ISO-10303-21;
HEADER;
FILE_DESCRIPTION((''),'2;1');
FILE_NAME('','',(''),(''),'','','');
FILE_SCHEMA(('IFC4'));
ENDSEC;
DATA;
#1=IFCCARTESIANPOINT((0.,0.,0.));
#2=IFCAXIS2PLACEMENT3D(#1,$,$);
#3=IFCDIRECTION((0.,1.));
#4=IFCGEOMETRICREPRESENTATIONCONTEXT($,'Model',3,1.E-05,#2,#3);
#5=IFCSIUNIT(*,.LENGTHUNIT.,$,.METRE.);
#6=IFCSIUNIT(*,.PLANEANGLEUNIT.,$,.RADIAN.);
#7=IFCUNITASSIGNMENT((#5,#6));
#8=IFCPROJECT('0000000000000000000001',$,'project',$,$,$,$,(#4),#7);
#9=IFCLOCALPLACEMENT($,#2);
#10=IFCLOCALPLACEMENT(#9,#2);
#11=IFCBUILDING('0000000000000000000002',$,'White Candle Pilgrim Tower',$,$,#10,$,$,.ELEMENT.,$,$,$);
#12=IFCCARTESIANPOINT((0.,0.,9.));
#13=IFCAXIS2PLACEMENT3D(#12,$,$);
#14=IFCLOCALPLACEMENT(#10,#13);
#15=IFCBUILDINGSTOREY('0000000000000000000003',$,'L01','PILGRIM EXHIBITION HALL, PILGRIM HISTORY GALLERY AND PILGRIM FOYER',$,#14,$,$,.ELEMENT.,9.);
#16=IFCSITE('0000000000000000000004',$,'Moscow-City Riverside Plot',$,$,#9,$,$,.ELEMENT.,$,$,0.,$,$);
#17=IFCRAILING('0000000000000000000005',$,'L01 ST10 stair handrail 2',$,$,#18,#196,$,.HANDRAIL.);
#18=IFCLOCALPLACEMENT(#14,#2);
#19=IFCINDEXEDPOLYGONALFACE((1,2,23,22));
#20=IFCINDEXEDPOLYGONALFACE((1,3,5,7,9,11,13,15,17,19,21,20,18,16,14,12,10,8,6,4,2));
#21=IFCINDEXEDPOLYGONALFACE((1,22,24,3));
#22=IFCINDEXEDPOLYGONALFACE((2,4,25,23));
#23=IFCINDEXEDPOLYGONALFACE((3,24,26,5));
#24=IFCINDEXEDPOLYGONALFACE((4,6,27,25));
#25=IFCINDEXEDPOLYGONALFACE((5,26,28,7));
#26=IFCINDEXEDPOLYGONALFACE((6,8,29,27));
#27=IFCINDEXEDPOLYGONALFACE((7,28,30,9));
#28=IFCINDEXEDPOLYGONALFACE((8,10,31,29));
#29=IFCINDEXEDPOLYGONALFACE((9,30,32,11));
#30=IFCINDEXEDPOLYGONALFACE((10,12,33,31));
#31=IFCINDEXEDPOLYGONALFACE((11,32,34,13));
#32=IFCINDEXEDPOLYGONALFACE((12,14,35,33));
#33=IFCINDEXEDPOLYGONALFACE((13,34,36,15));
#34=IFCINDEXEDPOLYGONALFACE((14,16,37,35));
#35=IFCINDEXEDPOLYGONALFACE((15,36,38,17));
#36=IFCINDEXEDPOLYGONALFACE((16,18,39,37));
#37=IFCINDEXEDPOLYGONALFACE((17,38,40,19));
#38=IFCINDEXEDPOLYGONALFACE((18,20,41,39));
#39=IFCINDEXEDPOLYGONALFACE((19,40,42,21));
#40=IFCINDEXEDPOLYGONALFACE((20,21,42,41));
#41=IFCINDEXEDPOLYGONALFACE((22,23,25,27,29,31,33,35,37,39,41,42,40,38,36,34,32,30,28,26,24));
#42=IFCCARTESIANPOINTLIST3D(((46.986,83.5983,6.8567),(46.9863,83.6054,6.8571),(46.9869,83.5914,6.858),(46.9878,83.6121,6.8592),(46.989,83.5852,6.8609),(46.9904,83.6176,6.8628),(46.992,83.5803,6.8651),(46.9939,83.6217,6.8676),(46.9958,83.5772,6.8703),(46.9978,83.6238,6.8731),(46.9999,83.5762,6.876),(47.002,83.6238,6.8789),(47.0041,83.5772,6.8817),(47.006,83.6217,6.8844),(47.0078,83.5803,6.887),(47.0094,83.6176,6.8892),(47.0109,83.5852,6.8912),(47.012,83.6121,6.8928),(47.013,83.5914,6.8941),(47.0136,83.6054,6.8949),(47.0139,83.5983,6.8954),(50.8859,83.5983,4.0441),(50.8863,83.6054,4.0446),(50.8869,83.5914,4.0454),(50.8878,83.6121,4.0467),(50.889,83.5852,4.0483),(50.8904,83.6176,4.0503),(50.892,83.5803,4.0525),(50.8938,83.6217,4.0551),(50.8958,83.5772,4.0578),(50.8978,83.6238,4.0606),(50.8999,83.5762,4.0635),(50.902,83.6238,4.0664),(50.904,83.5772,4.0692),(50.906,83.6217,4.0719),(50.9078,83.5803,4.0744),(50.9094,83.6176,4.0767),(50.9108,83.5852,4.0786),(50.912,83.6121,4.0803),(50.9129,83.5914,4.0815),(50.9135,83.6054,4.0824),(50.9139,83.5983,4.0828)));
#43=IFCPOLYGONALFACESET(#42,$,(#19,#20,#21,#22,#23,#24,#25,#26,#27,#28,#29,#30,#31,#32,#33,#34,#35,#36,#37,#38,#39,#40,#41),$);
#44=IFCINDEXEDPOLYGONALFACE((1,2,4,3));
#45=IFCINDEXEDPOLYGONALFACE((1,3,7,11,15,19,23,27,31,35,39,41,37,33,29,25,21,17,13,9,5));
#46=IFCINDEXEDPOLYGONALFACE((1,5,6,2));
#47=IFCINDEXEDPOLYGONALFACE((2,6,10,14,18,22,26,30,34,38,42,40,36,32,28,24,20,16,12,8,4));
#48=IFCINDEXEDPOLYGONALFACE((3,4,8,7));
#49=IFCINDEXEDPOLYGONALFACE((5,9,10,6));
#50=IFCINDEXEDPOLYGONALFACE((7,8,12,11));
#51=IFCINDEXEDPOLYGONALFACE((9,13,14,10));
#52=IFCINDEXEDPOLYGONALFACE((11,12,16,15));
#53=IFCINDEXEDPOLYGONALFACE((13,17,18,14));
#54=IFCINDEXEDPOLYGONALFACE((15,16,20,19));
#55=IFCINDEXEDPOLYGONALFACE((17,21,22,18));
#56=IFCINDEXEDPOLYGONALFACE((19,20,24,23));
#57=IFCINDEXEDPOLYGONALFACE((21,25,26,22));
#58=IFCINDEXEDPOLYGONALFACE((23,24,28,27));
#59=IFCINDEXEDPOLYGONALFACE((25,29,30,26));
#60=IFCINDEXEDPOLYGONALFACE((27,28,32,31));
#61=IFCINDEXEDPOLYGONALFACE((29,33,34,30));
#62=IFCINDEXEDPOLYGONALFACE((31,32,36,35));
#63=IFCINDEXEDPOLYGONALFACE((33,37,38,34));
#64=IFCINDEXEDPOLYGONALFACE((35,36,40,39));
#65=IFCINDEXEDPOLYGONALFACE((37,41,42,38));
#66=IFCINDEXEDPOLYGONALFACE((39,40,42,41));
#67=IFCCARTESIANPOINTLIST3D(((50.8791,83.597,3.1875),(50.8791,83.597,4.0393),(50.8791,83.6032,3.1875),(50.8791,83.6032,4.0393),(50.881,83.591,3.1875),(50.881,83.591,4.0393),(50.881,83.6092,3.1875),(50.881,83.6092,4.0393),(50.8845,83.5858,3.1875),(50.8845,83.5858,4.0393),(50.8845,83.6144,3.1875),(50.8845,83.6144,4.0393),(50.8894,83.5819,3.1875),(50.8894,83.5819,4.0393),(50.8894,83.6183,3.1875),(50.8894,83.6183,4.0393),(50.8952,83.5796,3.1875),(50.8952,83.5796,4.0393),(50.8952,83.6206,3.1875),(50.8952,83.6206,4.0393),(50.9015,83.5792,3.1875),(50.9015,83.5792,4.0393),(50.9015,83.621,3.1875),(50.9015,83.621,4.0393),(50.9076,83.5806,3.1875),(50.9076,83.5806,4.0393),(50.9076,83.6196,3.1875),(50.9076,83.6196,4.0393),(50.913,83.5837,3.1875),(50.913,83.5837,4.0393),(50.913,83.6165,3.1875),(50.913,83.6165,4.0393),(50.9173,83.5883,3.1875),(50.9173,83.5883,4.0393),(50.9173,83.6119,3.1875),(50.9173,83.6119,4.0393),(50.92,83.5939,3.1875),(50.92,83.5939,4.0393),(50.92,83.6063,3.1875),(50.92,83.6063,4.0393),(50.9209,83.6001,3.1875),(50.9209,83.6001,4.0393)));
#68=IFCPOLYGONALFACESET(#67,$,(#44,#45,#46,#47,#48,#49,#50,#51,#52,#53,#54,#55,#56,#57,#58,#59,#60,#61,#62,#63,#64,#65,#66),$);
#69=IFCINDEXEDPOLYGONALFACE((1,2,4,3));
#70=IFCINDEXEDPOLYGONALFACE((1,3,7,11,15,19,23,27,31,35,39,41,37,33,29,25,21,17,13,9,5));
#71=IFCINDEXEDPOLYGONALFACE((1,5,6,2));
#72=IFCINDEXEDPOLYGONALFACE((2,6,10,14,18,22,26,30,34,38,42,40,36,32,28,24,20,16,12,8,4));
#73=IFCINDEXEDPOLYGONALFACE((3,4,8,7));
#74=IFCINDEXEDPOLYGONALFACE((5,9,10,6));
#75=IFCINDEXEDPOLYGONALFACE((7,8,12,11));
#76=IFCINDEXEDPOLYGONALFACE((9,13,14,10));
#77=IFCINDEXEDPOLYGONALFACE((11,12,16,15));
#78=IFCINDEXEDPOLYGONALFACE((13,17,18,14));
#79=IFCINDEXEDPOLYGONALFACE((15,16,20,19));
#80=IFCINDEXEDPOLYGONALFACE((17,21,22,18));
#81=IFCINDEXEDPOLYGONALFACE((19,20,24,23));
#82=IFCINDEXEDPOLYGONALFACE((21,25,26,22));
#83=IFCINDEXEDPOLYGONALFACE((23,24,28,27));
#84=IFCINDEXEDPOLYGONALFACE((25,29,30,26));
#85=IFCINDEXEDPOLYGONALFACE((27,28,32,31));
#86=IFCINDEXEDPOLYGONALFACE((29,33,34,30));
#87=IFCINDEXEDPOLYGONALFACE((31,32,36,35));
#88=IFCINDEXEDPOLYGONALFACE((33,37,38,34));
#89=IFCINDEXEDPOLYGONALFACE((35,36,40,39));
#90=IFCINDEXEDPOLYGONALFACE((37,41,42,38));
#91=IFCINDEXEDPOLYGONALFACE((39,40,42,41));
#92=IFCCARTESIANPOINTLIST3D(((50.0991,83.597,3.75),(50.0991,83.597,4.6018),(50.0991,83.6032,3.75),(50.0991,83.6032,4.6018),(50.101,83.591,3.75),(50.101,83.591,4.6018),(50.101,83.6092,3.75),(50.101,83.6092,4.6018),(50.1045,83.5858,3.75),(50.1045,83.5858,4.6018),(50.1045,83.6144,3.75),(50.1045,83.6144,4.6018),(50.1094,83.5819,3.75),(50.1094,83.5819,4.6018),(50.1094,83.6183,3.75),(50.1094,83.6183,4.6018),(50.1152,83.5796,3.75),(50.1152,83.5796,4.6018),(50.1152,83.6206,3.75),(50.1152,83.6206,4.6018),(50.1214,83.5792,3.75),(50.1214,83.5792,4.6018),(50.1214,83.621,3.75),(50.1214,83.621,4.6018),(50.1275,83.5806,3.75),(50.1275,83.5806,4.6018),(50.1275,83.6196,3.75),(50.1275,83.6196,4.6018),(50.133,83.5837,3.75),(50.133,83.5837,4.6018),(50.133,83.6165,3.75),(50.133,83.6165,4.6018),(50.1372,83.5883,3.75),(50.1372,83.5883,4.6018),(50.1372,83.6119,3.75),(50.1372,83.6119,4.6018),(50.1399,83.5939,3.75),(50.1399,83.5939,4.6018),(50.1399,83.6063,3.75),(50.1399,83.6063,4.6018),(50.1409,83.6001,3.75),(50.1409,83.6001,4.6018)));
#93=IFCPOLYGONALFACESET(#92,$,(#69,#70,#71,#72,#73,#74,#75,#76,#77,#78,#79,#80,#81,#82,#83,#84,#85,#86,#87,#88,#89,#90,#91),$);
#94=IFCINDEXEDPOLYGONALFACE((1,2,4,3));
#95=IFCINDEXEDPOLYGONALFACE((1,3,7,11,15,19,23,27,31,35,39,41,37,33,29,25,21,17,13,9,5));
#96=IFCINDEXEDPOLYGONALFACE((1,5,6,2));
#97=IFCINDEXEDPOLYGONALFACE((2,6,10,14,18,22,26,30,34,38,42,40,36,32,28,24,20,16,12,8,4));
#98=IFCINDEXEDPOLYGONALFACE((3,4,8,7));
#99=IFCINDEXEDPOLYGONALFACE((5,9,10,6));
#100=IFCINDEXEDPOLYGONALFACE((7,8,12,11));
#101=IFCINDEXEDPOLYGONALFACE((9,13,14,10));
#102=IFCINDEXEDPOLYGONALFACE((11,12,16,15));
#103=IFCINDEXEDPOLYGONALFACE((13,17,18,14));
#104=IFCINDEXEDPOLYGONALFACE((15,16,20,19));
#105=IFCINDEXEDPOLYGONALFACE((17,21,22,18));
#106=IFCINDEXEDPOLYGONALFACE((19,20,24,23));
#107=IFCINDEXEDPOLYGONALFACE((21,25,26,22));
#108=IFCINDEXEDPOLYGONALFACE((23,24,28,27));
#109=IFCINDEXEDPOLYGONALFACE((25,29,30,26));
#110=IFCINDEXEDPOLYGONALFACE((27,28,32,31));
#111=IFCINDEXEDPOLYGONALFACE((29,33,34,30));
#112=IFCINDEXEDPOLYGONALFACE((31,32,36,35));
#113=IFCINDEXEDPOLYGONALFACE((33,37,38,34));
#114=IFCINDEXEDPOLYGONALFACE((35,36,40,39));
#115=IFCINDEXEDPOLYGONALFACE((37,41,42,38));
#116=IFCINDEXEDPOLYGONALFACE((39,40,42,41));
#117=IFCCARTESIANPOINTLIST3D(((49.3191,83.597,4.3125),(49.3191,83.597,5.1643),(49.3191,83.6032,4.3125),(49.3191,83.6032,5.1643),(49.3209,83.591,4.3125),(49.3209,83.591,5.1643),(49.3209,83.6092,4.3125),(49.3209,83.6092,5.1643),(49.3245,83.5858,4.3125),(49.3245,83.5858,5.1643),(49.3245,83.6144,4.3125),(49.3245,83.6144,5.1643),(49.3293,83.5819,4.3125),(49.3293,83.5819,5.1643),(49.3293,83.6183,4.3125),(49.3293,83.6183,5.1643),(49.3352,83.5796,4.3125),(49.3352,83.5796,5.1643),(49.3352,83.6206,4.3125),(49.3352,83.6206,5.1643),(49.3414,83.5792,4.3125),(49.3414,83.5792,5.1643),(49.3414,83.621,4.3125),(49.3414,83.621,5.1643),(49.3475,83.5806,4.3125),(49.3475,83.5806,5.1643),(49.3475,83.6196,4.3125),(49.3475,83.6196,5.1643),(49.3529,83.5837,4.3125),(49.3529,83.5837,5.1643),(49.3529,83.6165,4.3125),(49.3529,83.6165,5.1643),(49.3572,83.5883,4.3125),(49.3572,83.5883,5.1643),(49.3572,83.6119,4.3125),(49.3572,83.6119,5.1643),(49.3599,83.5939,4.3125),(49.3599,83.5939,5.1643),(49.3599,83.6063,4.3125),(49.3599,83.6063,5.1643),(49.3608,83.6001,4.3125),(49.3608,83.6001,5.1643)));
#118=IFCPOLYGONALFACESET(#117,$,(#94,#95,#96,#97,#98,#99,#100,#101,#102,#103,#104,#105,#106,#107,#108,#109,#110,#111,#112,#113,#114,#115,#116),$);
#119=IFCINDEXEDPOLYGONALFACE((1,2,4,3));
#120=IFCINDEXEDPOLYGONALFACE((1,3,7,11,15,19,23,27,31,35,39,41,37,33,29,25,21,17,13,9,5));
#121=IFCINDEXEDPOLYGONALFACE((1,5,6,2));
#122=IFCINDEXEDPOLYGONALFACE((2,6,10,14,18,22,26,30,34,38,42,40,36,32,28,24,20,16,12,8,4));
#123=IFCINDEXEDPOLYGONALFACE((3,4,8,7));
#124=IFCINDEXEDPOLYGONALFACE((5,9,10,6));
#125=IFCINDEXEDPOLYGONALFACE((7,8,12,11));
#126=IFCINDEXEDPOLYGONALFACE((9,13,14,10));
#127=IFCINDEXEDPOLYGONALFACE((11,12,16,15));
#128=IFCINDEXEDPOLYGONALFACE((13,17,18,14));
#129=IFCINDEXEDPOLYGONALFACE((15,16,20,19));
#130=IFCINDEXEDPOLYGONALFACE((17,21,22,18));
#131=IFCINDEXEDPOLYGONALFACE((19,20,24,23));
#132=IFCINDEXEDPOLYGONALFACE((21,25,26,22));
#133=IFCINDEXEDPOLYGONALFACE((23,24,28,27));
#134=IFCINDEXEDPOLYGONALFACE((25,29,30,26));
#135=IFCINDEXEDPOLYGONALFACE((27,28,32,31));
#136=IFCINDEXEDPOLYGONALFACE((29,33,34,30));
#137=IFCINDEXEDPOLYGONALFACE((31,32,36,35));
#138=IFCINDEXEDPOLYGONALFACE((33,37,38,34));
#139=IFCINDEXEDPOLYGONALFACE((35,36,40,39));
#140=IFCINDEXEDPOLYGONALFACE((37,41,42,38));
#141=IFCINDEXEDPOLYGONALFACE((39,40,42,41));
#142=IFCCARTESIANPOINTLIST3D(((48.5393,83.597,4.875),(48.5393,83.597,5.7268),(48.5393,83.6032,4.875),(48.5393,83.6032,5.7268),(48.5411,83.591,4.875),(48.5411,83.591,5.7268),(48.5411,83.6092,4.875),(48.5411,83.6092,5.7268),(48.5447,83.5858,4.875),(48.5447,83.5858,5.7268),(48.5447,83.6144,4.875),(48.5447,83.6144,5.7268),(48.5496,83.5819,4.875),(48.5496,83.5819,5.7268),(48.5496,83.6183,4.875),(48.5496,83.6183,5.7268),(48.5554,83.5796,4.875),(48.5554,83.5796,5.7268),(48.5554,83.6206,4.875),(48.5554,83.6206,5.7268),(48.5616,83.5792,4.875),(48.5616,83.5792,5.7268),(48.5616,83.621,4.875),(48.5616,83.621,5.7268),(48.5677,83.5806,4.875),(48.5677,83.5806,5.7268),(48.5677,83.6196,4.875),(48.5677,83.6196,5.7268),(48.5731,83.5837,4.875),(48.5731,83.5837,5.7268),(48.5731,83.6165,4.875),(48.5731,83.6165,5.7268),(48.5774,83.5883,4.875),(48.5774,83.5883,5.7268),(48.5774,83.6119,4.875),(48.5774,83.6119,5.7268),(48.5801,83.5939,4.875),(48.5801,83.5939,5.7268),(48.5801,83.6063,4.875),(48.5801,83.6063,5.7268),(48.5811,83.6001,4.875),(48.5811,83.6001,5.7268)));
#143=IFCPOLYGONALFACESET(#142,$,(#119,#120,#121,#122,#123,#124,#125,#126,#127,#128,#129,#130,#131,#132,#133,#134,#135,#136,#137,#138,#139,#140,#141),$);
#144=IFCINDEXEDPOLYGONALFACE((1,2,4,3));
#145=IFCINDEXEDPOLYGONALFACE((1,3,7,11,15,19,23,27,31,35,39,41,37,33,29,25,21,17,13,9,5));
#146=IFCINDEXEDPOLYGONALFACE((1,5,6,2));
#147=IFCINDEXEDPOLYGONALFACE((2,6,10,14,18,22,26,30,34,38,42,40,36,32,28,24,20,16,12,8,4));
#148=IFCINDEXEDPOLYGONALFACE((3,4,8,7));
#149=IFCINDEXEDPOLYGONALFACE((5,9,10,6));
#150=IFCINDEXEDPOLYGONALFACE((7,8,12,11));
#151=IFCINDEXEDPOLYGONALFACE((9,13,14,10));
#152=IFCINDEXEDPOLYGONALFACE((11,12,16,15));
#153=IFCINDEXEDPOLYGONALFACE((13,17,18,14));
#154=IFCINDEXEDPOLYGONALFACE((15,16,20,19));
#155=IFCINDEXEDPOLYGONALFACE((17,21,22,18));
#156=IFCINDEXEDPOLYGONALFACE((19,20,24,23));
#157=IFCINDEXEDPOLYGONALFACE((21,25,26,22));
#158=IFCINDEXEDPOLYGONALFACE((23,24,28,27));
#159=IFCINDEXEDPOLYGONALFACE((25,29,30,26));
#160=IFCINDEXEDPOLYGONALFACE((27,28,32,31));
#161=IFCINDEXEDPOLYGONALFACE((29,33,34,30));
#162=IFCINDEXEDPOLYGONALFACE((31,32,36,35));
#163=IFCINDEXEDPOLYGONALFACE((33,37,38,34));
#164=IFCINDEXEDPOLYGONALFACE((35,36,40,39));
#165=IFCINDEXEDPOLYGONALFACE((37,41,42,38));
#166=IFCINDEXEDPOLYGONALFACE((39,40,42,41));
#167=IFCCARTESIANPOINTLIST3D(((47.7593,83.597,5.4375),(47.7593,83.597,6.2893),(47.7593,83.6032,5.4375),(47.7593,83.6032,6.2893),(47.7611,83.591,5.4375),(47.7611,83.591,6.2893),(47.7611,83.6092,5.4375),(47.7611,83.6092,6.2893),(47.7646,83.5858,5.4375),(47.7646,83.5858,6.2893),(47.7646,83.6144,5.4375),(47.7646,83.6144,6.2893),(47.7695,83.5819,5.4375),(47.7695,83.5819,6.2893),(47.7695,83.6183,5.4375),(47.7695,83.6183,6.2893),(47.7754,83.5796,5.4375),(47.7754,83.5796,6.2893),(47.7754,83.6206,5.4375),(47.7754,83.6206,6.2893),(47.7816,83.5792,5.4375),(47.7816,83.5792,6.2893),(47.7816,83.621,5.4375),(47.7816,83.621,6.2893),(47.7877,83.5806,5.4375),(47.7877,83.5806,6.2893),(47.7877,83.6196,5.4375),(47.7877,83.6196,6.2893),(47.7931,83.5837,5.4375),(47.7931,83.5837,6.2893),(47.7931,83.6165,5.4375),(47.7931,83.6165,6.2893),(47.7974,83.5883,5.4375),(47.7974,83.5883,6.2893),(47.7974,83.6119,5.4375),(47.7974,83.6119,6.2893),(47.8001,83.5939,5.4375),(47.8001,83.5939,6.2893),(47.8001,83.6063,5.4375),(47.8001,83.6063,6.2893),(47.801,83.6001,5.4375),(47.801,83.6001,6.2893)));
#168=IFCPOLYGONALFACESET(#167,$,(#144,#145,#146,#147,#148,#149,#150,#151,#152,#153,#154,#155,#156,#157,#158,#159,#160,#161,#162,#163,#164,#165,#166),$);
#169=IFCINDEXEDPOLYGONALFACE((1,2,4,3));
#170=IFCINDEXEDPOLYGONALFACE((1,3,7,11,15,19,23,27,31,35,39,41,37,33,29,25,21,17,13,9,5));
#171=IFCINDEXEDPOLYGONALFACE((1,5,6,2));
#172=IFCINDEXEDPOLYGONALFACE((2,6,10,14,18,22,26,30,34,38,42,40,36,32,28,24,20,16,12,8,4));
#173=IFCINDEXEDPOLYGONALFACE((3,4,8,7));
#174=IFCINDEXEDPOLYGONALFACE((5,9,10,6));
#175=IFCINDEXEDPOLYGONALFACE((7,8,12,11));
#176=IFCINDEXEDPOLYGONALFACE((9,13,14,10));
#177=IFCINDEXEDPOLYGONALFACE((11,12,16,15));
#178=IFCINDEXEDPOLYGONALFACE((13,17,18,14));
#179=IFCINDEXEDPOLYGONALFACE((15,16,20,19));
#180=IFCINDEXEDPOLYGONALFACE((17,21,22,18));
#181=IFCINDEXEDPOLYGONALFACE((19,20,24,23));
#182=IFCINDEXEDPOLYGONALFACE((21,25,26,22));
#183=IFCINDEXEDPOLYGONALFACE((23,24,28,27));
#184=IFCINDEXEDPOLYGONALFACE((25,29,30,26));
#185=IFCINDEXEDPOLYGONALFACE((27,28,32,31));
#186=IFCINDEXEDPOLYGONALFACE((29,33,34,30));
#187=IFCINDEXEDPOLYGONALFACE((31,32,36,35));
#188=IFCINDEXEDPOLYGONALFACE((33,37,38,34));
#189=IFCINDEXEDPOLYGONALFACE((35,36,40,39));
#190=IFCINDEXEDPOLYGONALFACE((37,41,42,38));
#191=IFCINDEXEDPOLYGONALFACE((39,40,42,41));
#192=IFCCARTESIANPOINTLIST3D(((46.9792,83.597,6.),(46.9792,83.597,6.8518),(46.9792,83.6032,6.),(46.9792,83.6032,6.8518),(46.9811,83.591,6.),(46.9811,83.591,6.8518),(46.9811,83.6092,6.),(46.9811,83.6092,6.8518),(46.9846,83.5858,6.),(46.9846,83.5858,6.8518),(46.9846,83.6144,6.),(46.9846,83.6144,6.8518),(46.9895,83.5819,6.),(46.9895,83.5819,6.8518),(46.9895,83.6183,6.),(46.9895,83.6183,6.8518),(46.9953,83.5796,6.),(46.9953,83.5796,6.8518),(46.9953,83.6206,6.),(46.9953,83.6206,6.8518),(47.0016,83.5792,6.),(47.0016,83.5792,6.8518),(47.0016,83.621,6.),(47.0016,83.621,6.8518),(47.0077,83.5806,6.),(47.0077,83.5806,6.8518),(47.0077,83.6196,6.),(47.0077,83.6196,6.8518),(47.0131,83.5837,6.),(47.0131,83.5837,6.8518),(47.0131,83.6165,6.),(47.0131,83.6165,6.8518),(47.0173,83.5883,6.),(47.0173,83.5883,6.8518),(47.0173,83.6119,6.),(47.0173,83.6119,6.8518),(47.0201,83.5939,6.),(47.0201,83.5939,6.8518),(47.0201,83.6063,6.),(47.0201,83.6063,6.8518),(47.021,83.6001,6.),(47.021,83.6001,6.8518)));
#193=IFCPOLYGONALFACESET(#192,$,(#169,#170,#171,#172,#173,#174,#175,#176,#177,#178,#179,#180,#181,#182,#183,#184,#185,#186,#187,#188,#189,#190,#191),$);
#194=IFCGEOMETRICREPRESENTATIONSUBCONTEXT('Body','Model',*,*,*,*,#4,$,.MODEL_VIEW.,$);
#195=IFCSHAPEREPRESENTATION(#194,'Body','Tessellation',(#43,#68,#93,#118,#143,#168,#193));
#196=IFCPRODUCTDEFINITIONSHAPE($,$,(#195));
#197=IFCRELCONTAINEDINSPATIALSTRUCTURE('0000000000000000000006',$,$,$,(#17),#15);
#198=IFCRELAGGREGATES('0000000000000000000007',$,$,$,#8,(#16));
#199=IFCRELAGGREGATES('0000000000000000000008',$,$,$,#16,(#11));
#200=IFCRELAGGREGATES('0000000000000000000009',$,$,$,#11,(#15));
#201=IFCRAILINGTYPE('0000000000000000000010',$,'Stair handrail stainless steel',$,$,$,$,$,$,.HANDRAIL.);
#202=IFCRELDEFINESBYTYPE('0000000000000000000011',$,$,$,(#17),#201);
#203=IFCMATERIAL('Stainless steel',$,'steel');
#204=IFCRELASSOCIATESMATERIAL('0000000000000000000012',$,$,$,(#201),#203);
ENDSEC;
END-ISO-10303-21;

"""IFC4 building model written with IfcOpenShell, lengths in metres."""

from ifc_helpers import new_model, si_unit, direction, frame, origin, origin_2d, place, context, subcontext, project, spatial, circle, extrude, material, type_object, element, save


model = new_model("IFC4")

# Units and contexts
model_context = context("Model", 3, precision=1e-05, world=origin(), true_north=direction((0.0, 1.0)))
body_context = subcontext(model_context, "Body", "Model", "MODEL_VIEW")
ifc_project = project(units=[si_unit("LENGTHUNIT", "METRE"), si_unit("PLANEANGLEUNIT", "RADIAN")], contexts=[model_context])

# Site, building, storey
site_placement = place(None, origin())
site = spatial("IfcSite", under=ifc_project, at=site_placement, Name="Moscow-City Riverside Plot", CompositionType="ELEMENT", RefElevation=0.0)
building_placement = place(site_placement, origin())
building = spatial("IfcBuilding", under=site, at=building_placement, Name="White Candle Pilgrim Tower", CompositionType="ELEMENT")
storey_placement = place(building_placement, frame((0.0, 0.0, 9.0)))
storey = spatial("IfcBuildingStorey", under=building, at=storey_placement, Name="L01", Description="PILGRIM EXHIBITION HALL, PILGRIM HISTORY GALLERY AND PILGRIM FOYER", CompositionType="ELEMENT", Elevation=9.0)

# Railing
ifc_material_1 = material(Name="Stainless steel", Category="steel")
railing_type_1 = type_object("IfcRailingType", Name="Stair handrail stainless steel", PredefinedType="HANDRAIL", material=ifc_material_1)
railing_1_placement = place(storey_placement, frame((50.8999, 83.6001, 3.1875)))
element("IfcRailing", 1, at=railing_1_placement, inside=storey, type_object=railing_type_1, Name="L01 ST10 stair handrail 2", PredefinedType="HANDRAIL", context=body_context, shape_type="SweptSolid", body=[
    extrude(circle(Radius=0.0239, at=origin_2d()), frame((0.0, 0.0, 0.876), z_axis=(-0.811083, 0.0, 0.584931), x_axis=(0.0, -1.0, 0.0)), (0.0, 0.0, 1.0), 4.8083),
    extrude(circle(Radius=0.021, at=origin_2d()), origin(), (0.0, 0.0, 1.0), 0.8518),
    extrude(circle(Radius=0.021, at=origin_2d()), frame((-0.78, 0.0, 0.5625)), (0.0, 0.0, 1.0), 0.8518),
    extrude(circle(Radius=0.021, at=origin_2d()), frame((-1.5601, 0.0, 1.125)), (0.0, 0.0, 1.0), 0.8518),
    extrude(circle(Radius=0.021, at=origin_2d()), frame((-2.3398, 0.0, 1.6875)), (0.0, 0.0, 1.0), 0.8518),
    extrude(circle(Radius=0.021, at=origin_2d()), frame((-3.1199, 0.0, 2.25)), (0.0, 0.0, 1.0), 0.8518),
    extrude(circle(Radius=0.021, at=origin_2d()), frame((-3.8999, 0.0, 2.8125)), (0.0, 0.0, 1.0), 0.8518),
])

save(model, "model.ifc")
